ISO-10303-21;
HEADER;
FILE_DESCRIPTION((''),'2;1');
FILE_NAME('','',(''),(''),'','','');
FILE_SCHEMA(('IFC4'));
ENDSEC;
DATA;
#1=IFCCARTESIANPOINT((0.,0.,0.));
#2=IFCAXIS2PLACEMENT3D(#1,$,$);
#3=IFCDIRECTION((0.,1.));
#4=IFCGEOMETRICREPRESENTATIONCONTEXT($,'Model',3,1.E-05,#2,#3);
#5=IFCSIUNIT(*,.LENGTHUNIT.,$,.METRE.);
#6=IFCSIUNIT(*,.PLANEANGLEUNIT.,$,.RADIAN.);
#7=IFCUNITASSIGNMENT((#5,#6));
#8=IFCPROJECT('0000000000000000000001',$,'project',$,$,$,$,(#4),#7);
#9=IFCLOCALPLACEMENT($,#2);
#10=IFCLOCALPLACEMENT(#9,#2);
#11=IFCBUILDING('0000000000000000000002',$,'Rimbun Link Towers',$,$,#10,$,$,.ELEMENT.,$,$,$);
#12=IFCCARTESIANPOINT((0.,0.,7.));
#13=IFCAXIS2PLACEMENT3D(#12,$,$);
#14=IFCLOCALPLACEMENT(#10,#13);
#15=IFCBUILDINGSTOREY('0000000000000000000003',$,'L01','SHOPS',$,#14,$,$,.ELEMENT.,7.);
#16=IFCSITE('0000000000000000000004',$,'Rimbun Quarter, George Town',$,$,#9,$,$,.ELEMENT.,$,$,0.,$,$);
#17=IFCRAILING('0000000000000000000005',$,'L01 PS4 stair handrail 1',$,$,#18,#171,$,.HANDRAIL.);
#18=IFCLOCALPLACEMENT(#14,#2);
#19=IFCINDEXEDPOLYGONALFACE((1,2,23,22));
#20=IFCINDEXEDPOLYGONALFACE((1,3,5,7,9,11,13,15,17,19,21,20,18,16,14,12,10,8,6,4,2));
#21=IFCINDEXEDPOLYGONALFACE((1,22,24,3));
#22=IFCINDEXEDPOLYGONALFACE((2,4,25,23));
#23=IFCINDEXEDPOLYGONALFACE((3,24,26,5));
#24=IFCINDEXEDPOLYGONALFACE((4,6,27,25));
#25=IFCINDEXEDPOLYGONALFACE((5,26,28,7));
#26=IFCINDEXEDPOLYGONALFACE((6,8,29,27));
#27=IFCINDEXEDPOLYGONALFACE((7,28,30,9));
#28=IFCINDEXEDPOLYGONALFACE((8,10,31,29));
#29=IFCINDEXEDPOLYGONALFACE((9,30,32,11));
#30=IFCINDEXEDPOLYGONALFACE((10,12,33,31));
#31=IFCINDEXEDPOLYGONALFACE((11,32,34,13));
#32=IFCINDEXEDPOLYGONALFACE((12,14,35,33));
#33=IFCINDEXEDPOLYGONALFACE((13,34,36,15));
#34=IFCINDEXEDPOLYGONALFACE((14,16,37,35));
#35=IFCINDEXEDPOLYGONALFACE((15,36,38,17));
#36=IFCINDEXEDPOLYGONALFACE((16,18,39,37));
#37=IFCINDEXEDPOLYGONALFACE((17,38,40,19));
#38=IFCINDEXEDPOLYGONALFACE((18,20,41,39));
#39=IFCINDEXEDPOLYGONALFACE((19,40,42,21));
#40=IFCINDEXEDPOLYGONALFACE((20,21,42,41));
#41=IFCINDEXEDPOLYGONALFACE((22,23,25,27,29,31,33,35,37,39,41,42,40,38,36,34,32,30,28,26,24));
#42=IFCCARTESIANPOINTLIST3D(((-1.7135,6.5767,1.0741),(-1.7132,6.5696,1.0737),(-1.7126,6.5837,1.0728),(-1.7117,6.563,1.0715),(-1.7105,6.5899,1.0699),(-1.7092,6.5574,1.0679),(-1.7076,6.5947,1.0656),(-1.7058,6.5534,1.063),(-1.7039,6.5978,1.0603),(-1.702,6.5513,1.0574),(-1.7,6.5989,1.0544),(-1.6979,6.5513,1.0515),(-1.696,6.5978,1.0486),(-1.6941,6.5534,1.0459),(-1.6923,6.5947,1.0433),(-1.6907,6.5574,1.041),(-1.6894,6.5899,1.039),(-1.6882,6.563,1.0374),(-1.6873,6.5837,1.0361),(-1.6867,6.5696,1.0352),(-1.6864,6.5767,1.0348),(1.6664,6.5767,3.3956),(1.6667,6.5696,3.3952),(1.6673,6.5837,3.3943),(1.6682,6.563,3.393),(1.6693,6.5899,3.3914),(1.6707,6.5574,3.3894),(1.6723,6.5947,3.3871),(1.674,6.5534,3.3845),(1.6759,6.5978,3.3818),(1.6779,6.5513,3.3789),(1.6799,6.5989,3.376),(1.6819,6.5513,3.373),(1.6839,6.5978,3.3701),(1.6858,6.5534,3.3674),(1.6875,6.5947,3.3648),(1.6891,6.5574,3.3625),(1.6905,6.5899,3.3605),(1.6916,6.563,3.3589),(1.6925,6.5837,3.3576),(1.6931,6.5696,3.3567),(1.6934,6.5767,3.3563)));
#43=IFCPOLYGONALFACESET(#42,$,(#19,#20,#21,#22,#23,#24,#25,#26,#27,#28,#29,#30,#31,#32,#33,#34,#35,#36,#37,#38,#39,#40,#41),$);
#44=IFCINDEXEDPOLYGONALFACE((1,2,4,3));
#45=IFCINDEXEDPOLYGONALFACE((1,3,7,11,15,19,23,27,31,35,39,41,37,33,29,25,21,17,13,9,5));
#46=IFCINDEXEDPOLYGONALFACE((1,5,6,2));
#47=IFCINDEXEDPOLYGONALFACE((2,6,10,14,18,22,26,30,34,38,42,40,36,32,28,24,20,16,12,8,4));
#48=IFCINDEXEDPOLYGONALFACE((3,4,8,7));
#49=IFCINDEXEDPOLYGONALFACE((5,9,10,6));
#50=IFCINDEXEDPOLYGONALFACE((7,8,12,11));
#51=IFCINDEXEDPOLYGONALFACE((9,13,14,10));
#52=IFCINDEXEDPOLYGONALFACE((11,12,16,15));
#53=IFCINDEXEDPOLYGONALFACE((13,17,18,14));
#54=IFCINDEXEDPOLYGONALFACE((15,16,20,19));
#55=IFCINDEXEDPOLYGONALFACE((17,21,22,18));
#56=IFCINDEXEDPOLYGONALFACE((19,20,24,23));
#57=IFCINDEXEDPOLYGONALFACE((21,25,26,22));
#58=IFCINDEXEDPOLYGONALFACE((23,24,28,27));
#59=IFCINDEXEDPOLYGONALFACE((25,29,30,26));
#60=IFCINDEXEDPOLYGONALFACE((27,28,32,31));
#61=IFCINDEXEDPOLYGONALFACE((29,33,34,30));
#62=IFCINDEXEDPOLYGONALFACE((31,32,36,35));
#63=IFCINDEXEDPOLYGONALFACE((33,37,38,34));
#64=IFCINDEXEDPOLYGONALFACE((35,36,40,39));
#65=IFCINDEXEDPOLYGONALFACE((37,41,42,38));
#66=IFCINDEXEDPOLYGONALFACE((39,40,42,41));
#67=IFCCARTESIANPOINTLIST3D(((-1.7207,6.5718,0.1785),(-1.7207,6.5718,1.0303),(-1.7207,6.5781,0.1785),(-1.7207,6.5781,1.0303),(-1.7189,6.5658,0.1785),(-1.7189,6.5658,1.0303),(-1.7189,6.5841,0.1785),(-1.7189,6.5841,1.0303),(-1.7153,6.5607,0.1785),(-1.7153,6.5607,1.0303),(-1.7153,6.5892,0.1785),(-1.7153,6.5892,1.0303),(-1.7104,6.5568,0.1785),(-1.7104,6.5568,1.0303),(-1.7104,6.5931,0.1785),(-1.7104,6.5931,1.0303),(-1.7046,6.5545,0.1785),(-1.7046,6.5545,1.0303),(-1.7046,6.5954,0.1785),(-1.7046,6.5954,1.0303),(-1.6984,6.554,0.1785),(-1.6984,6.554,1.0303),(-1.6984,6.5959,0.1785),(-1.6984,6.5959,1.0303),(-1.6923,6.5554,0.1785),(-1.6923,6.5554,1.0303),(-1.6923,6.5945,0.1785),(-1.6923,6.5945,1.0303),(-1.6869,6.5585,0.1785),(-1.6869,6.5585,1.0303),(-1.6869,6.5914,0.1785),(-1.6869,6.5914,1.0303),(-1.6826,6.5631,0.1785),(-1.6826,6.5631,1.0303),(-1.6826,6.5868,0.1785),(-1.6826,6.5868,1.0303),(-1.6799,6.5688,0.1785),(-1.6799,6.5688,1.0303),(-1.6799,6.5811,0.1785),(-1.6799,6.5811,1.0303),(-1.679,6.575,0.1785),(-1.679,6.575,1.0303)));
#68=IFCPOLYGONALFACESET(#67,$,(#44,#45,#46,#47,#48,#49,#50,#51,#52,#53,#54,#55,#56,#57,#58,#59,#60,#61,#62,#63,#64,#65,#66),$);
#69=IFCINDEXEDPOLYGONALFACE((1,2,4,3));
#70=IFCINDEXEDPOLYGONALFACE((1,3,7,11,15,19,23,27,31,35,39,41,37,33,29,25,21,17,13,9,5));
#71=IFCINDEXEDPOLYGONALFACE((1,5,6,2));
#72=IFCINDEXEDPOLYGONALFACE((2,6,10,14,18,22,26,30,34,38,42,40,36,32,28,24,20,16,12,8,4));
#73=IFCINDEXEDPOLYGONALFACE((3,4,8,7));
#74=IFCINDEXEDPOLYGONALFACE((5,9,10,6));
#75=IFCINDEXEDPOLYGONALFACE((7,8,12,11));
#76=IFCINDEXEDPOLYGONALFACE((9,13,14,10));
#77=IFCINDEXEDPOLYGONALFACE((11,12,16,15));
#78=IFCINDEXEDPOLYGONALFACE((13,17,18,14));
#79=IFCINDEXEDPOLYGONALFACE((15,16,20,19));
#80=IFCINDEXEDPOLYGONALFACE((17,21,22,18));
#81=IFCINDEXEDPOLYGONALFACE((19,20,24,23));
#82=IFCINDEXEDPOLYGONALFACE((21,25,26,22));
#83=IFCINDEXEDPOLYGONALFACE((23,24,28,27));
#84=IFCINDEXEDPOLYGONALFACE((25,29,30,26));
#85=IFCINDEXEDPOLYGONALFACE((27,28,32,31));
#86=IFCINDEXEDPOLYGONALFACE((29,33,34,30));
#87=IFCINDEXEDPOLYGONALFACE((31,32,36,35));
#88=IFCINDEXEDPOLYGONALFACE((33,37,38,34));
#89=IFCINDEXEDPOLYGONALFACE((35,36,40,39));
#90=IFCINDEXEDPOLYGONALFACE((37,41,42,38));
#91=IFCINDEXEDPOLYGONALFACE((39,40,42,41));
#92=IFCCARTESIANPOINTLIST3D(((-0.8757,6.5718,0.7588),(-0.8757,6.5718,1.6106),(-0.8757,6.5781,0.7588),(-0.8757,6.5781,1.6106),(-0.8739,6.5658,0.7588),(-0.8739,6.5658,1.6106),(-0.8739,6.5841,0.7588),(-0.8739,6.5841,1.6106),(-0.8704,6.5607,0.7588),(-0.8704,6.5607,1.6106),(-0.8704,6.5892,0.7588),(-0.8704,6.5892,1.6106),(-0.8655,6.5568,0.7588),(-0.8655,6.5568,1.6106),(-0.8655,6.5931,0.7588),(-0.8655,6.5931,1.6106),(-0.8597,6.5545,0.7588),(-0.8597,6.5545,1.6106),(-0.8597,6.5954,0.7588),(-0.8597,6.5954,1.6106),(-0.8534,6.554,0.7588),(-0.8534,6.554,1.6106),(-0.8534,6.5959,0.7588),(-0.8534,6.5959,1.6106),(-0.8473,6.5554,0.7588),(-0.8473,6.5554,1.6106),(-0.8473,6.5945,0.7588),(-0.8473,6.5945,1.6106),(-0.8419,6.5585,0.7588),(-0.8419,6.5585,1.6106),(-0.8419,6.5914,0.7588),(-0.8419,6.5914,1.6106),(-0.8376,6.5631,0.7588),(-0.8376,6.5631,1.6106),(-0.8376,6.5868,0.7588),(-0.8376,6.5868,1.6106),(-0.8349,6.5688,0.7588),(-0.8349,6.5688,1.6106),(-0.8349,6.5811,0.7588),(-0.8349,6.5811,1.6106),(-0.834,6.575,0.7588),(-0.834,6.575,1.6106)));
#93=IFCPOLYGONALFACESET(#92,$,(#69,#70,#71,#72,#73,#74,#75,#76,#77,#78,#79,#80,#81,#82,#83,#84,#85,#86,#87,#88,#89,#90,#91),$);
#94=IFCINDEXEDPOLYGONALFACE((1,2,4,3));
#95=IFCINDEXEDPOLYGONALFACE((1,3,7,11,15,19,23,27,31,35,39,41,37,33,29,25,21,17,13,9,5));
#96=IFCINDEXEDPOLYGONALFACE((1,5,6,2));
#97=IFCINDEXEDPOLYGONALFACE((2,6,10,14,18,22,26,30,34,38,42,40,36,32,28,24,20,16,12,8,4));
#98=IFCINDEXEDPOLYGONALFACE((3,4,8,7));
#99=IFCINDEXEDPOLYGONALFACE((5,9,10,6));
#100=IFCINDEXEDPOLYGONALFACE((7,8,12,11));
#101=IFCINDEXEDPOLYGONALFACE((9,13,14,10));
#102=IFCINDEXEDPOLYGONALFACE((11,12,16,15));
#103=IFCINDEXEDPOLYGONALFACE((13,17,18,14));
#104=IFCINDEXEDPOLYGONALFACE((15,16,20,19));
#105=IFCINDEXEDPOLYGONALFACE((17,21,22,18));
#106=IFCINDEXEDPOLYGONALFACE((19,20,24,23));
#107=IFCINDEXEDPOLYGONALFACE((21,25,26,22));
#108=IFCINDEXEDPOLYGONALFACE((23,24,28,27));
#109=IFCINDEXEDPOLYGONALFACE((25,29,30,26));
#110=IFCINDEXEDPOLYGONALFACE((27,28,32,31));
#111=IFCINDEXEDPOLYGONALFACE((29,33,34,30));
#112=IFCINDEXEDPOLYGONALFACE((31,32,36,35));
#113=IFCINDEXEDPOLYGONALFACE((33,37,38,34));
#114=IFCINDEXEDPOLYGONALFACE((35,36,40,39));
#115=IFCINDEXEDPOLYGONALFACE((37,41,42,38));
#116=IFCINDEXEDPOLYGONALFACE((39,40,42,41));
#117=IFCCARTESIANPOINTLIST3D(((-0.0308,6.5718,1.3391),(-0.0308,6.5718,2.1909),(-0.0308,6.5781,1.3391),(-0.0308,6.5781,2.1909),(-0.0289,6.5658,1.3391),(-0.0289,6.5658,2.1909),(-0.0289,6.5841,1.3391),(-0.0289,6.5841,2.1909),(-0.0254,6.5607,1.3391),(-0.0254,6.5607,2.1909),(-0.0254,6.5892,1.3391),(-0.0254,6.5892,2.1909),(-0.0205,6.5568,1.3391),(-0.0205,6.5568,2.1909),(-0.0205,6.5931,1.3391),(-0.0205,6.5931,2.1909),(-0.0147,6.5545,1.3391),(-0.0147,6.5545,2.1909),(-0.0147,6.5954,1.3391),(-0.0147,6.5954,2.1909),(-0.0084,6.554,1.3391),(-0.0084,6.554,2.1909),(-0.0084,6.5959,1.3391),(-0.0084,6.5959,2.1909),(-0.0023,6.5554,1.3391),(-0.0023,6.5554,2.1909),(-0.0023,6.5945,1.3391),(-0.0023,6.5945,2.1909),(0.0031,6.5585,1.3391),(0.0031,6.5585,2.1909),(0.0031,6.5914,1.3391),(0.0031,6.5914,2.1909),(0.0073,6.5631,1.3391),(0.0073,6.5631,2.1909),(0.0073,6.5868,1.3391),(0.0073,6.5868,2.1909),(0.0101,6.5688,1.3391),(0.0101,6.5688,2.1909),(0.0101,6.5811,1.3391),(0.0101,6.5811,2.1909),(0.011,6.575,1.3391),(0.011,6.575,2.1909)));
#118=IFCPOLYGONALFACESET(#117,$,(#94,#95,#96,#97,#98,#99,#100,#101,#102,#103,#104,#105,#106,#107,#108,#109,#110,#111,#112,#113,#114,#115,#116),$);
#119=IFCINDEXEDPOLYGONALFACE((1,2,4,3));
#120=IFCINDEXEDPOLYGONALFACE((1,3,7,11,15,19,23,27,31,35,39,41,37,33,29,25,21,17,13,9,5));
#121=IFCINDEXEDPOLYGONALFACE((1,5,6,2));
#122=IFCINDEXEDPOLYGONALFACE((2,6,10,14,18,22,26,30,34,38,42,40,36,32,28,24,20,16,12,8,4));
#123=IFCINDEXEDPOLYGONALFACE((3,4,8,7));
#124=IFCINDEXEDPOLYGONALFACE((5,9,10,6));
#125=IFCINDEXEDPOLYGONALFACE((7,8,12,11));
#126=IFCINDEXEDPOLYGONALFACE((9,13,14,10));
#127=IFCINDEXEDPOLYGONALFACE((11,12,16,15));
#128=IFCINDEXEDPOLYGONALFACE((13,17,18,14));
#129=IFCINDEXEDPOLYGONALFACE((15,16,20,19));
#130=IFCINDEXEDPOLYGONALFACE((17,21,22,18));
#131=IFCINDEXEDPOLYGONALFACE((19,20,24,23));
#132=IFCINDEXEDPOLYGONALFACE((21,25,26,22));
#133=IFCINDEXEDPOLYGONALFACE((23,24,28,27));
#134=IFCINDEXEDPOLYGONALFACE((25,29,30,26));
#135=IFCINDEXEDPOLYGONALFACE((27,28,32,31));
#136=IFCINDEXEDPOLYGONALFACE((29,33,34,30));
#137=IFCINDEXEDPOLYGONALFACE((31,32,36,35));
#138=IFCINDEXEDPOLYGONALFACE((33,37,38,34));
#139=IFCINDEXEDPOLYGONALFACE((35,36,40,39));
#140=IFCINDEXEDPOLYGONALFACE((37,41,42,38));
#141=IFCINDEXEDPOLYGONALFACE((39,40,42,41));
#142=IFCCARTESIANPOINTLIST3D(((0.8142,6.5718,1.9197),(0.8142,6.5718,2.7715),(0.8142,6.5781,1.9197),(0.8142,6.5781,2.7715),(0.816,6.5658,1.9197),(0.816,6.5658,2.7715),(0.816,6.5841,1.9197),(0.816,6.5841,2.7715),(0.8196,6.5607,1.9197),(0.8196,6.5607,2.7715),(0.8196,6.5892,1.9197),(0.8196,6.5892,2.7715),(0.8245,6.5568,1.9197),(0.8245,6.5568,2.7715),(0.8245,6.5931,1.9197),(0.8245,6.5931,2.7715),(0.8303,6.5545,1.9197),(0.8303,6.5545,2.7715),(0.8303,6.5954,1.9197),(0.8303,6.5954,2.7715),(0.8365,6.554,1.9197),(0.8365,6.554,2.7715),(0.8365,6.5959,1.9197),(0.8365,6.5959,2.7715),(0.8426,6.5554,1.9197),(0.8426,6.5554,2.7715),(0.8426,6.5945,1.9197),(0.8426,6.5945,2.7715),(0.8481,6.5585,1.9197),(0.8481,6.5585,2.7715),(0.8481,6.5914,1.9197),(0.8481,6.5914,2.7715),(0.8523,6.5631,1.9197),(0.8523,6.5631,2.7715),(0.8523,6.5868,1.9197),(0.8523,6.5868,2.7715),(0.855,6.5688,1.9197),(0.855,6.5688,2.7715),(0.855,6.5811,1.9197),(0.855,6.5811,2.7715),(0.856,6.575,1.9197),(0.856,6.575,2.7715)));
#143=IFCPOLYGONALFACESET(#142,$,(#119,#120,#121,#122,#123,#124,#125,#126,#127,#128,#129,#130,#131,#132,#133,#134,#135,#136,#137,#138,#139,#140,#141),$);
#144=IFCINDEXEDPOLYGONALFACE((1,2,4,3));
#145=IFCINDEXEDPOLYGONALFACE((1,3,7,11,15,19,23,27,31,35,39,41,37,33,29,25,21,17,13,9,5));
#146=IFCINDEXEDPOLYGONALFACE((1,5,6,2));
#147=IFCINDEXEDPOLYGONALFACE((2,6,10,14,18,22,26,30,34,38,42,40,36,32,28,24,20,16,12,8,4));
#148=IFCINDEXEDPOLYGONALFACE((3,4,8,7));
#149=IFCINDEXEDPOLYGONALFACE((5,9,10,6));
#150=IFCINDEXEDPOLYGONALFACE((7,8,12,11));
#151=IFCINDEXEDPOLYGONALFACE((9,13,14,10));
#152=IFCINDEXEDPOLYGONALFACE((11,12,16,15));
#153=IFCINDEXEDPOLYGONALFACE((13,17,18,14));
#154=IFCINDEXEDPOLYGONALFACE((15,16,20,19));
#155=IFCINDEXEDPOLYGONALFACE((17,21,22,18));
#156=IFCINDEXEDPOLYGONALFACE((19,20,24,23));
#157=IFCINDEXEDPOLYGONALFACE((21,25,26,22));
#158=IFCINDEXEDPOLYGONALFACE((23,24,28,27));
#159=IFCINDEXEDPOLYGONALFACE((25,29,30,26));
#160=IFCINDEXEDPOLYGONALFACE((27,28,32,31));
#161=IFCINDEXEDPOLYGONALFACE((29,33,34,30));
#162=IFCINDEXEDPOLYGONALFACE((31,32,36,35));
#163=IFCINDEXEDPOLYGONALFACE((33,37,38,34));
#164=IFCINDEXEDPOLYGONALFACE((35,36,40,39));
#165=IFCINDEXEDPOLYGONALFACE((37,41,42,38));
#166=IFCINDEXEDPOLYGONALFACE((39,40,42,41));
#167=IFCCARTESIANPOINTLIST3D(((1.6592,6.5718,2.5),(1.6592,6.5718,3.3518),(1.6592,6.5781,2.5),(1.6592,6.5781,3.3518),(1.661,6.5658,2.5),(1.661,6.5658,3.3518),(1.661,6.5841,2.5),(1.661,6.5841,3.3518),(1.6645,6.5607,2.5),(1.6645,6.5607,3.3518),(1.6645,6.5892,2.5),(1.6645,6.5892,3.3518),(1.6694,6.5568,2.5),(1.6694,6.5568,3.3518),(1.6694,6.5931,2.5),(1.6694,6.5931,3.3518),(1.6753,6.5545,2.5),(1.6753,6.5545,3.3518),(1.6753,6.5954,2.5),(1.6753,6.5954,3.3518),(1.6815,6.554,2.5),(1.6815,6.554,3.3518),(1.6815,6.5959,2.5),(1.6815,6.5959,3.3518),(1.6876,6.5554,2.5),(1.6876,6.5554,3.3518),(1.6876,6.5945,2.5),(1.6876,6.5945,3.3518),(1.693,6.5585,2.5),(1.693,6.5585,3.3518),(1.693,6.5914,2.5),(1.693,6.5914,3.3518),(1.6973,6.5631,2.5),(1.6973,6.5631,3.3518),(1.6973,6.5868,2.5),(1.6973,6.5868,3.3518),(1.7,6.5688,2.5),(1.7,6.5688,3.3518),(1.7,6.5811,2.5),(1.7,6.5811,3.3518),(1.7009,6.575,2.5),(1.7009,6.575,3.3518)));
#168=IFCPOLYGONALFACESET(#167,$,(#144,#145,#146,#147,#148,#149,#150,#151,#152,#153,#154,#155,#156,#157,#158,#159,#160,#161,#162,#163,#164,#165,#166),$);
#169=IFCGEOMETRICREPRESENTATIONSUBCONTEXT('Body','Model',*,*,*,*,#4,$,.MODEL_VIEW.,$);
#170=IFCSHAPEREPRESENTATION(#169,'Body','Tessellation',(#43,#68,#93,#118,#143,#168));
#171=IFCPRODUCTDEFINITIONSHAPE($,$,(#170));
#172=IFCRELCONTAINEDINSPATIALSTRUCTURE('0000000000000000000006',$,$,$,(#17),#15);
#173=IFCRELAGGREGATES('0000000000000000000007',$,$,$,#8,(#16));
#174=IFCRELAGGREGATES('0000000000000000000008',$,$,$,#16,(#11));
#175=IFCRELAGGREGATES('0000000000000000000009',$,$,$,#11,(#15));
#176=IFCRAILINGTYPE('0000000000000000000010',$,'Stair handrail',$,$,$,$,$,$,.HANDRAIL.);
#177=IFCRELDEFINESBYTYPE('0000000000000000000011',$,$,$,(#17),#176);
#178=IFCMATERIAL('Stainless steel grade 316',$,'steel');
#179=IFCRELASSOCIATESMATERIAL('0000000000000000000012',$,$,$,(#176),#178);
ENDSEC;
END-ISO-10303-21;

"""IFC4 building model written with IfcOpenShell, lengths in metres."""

from ifc_helpers import new_model, si_unit, direction, frame, origin, origin_2d, place, context, subcontext, project, spatial, circle, extrude, material, type_object, element, save


model = new_model("IFC4")

# Units and contexts
model_context = context("Model", 3, precision=1e-05, world=origin(), true_north=direction((0.0, 1.0)))
body_context = subcontext(model_context, "Body", "Model", "MODEL_VIEW")
ifc_project = project(units=[si_unit("LENGTHUNIT", "METRE"), si_unit("PLANEANGLEUNIT", "RADIAN")], contexts=[model_context])

# Site, building, storey
site_placement = place(None, origin())
site = spatial("IfcSite", under=ifc_project, at=site_placement, Name="Rimbun Quarter, George Town", CompositionType="ELEMENT", RefElevation=0.0)
building_placement = place(site_placement, origin())
building = spatial("IfcBuilding", under=site, at=building_placement, Name="Rimbun Link Towers", CompositionType="ELEMENT")
storey_placement = place(building_placement, frame((0.0, 0.0, 7.0)))
storey = spatial("IfcBuildingStorey", under=building, at=storey_placement, Name="L01", Description="SHOPS", CompositionType="ELEMENT", Elevation=7.0)

# Railing
ifc_material_1 = material(Name="Stainless steel grade 316", Category="steel")
railing_type_1 = type_object("IfcRailingType", Name="Stair handrail", PredefinedType="HANDRAIL", material=ifc_material_1)
railing_1_placement = place(storey_placement, frame((-1.7, 6.575, 0.1785)))
element("IfcRailing", 1, at=railing_1_placement, inside=storey, type_object=railing_type_1, Name="L01 PS4 stair handrail 1", PredefinedType="HANDRAIL", context=body_context, shape_type="SweptSolid", body=[
    extrude(circle(Radius=0.0239, at=origin_2d()), frame((0.0, 0.0, 0.876), z_axis=(0.824285, 0.0, 0.566175), x_axis=(0.0, 1.0, 0.0)), (0.0, 0.0, 1.0), 4.1003),
    extrude(circle(Radius=0.021, at=origin_2d()), origin(), (0.0, 0.0, 1.0), 0.8518),
    extrude(circle(Radius=0.021, at=origin_2d()), frame((0.845, 0.0, 0.5803)), (0.0, 0.0, 1.0), 0.8518),
    extrude(circle(Radius=0.021, at=origin_2d()), frame((1.6899, 0.0, 1.1606)), (0.0, 0.0, 1.0), 0.8518),
    extrude(circle(Radius=0.021, at=origin_2d()), frame((2.5349, 0.0, 1.7412)), (0.0, 0.0, 1.0), 0.8518),
    extrude(circle(Radius=0.021, at=origin_2d()), frame((3.3799, 0.0, 2.3215)), (0.0, 0.0, 1.0), 0.8518),
])

save(model, "model.ifc")
